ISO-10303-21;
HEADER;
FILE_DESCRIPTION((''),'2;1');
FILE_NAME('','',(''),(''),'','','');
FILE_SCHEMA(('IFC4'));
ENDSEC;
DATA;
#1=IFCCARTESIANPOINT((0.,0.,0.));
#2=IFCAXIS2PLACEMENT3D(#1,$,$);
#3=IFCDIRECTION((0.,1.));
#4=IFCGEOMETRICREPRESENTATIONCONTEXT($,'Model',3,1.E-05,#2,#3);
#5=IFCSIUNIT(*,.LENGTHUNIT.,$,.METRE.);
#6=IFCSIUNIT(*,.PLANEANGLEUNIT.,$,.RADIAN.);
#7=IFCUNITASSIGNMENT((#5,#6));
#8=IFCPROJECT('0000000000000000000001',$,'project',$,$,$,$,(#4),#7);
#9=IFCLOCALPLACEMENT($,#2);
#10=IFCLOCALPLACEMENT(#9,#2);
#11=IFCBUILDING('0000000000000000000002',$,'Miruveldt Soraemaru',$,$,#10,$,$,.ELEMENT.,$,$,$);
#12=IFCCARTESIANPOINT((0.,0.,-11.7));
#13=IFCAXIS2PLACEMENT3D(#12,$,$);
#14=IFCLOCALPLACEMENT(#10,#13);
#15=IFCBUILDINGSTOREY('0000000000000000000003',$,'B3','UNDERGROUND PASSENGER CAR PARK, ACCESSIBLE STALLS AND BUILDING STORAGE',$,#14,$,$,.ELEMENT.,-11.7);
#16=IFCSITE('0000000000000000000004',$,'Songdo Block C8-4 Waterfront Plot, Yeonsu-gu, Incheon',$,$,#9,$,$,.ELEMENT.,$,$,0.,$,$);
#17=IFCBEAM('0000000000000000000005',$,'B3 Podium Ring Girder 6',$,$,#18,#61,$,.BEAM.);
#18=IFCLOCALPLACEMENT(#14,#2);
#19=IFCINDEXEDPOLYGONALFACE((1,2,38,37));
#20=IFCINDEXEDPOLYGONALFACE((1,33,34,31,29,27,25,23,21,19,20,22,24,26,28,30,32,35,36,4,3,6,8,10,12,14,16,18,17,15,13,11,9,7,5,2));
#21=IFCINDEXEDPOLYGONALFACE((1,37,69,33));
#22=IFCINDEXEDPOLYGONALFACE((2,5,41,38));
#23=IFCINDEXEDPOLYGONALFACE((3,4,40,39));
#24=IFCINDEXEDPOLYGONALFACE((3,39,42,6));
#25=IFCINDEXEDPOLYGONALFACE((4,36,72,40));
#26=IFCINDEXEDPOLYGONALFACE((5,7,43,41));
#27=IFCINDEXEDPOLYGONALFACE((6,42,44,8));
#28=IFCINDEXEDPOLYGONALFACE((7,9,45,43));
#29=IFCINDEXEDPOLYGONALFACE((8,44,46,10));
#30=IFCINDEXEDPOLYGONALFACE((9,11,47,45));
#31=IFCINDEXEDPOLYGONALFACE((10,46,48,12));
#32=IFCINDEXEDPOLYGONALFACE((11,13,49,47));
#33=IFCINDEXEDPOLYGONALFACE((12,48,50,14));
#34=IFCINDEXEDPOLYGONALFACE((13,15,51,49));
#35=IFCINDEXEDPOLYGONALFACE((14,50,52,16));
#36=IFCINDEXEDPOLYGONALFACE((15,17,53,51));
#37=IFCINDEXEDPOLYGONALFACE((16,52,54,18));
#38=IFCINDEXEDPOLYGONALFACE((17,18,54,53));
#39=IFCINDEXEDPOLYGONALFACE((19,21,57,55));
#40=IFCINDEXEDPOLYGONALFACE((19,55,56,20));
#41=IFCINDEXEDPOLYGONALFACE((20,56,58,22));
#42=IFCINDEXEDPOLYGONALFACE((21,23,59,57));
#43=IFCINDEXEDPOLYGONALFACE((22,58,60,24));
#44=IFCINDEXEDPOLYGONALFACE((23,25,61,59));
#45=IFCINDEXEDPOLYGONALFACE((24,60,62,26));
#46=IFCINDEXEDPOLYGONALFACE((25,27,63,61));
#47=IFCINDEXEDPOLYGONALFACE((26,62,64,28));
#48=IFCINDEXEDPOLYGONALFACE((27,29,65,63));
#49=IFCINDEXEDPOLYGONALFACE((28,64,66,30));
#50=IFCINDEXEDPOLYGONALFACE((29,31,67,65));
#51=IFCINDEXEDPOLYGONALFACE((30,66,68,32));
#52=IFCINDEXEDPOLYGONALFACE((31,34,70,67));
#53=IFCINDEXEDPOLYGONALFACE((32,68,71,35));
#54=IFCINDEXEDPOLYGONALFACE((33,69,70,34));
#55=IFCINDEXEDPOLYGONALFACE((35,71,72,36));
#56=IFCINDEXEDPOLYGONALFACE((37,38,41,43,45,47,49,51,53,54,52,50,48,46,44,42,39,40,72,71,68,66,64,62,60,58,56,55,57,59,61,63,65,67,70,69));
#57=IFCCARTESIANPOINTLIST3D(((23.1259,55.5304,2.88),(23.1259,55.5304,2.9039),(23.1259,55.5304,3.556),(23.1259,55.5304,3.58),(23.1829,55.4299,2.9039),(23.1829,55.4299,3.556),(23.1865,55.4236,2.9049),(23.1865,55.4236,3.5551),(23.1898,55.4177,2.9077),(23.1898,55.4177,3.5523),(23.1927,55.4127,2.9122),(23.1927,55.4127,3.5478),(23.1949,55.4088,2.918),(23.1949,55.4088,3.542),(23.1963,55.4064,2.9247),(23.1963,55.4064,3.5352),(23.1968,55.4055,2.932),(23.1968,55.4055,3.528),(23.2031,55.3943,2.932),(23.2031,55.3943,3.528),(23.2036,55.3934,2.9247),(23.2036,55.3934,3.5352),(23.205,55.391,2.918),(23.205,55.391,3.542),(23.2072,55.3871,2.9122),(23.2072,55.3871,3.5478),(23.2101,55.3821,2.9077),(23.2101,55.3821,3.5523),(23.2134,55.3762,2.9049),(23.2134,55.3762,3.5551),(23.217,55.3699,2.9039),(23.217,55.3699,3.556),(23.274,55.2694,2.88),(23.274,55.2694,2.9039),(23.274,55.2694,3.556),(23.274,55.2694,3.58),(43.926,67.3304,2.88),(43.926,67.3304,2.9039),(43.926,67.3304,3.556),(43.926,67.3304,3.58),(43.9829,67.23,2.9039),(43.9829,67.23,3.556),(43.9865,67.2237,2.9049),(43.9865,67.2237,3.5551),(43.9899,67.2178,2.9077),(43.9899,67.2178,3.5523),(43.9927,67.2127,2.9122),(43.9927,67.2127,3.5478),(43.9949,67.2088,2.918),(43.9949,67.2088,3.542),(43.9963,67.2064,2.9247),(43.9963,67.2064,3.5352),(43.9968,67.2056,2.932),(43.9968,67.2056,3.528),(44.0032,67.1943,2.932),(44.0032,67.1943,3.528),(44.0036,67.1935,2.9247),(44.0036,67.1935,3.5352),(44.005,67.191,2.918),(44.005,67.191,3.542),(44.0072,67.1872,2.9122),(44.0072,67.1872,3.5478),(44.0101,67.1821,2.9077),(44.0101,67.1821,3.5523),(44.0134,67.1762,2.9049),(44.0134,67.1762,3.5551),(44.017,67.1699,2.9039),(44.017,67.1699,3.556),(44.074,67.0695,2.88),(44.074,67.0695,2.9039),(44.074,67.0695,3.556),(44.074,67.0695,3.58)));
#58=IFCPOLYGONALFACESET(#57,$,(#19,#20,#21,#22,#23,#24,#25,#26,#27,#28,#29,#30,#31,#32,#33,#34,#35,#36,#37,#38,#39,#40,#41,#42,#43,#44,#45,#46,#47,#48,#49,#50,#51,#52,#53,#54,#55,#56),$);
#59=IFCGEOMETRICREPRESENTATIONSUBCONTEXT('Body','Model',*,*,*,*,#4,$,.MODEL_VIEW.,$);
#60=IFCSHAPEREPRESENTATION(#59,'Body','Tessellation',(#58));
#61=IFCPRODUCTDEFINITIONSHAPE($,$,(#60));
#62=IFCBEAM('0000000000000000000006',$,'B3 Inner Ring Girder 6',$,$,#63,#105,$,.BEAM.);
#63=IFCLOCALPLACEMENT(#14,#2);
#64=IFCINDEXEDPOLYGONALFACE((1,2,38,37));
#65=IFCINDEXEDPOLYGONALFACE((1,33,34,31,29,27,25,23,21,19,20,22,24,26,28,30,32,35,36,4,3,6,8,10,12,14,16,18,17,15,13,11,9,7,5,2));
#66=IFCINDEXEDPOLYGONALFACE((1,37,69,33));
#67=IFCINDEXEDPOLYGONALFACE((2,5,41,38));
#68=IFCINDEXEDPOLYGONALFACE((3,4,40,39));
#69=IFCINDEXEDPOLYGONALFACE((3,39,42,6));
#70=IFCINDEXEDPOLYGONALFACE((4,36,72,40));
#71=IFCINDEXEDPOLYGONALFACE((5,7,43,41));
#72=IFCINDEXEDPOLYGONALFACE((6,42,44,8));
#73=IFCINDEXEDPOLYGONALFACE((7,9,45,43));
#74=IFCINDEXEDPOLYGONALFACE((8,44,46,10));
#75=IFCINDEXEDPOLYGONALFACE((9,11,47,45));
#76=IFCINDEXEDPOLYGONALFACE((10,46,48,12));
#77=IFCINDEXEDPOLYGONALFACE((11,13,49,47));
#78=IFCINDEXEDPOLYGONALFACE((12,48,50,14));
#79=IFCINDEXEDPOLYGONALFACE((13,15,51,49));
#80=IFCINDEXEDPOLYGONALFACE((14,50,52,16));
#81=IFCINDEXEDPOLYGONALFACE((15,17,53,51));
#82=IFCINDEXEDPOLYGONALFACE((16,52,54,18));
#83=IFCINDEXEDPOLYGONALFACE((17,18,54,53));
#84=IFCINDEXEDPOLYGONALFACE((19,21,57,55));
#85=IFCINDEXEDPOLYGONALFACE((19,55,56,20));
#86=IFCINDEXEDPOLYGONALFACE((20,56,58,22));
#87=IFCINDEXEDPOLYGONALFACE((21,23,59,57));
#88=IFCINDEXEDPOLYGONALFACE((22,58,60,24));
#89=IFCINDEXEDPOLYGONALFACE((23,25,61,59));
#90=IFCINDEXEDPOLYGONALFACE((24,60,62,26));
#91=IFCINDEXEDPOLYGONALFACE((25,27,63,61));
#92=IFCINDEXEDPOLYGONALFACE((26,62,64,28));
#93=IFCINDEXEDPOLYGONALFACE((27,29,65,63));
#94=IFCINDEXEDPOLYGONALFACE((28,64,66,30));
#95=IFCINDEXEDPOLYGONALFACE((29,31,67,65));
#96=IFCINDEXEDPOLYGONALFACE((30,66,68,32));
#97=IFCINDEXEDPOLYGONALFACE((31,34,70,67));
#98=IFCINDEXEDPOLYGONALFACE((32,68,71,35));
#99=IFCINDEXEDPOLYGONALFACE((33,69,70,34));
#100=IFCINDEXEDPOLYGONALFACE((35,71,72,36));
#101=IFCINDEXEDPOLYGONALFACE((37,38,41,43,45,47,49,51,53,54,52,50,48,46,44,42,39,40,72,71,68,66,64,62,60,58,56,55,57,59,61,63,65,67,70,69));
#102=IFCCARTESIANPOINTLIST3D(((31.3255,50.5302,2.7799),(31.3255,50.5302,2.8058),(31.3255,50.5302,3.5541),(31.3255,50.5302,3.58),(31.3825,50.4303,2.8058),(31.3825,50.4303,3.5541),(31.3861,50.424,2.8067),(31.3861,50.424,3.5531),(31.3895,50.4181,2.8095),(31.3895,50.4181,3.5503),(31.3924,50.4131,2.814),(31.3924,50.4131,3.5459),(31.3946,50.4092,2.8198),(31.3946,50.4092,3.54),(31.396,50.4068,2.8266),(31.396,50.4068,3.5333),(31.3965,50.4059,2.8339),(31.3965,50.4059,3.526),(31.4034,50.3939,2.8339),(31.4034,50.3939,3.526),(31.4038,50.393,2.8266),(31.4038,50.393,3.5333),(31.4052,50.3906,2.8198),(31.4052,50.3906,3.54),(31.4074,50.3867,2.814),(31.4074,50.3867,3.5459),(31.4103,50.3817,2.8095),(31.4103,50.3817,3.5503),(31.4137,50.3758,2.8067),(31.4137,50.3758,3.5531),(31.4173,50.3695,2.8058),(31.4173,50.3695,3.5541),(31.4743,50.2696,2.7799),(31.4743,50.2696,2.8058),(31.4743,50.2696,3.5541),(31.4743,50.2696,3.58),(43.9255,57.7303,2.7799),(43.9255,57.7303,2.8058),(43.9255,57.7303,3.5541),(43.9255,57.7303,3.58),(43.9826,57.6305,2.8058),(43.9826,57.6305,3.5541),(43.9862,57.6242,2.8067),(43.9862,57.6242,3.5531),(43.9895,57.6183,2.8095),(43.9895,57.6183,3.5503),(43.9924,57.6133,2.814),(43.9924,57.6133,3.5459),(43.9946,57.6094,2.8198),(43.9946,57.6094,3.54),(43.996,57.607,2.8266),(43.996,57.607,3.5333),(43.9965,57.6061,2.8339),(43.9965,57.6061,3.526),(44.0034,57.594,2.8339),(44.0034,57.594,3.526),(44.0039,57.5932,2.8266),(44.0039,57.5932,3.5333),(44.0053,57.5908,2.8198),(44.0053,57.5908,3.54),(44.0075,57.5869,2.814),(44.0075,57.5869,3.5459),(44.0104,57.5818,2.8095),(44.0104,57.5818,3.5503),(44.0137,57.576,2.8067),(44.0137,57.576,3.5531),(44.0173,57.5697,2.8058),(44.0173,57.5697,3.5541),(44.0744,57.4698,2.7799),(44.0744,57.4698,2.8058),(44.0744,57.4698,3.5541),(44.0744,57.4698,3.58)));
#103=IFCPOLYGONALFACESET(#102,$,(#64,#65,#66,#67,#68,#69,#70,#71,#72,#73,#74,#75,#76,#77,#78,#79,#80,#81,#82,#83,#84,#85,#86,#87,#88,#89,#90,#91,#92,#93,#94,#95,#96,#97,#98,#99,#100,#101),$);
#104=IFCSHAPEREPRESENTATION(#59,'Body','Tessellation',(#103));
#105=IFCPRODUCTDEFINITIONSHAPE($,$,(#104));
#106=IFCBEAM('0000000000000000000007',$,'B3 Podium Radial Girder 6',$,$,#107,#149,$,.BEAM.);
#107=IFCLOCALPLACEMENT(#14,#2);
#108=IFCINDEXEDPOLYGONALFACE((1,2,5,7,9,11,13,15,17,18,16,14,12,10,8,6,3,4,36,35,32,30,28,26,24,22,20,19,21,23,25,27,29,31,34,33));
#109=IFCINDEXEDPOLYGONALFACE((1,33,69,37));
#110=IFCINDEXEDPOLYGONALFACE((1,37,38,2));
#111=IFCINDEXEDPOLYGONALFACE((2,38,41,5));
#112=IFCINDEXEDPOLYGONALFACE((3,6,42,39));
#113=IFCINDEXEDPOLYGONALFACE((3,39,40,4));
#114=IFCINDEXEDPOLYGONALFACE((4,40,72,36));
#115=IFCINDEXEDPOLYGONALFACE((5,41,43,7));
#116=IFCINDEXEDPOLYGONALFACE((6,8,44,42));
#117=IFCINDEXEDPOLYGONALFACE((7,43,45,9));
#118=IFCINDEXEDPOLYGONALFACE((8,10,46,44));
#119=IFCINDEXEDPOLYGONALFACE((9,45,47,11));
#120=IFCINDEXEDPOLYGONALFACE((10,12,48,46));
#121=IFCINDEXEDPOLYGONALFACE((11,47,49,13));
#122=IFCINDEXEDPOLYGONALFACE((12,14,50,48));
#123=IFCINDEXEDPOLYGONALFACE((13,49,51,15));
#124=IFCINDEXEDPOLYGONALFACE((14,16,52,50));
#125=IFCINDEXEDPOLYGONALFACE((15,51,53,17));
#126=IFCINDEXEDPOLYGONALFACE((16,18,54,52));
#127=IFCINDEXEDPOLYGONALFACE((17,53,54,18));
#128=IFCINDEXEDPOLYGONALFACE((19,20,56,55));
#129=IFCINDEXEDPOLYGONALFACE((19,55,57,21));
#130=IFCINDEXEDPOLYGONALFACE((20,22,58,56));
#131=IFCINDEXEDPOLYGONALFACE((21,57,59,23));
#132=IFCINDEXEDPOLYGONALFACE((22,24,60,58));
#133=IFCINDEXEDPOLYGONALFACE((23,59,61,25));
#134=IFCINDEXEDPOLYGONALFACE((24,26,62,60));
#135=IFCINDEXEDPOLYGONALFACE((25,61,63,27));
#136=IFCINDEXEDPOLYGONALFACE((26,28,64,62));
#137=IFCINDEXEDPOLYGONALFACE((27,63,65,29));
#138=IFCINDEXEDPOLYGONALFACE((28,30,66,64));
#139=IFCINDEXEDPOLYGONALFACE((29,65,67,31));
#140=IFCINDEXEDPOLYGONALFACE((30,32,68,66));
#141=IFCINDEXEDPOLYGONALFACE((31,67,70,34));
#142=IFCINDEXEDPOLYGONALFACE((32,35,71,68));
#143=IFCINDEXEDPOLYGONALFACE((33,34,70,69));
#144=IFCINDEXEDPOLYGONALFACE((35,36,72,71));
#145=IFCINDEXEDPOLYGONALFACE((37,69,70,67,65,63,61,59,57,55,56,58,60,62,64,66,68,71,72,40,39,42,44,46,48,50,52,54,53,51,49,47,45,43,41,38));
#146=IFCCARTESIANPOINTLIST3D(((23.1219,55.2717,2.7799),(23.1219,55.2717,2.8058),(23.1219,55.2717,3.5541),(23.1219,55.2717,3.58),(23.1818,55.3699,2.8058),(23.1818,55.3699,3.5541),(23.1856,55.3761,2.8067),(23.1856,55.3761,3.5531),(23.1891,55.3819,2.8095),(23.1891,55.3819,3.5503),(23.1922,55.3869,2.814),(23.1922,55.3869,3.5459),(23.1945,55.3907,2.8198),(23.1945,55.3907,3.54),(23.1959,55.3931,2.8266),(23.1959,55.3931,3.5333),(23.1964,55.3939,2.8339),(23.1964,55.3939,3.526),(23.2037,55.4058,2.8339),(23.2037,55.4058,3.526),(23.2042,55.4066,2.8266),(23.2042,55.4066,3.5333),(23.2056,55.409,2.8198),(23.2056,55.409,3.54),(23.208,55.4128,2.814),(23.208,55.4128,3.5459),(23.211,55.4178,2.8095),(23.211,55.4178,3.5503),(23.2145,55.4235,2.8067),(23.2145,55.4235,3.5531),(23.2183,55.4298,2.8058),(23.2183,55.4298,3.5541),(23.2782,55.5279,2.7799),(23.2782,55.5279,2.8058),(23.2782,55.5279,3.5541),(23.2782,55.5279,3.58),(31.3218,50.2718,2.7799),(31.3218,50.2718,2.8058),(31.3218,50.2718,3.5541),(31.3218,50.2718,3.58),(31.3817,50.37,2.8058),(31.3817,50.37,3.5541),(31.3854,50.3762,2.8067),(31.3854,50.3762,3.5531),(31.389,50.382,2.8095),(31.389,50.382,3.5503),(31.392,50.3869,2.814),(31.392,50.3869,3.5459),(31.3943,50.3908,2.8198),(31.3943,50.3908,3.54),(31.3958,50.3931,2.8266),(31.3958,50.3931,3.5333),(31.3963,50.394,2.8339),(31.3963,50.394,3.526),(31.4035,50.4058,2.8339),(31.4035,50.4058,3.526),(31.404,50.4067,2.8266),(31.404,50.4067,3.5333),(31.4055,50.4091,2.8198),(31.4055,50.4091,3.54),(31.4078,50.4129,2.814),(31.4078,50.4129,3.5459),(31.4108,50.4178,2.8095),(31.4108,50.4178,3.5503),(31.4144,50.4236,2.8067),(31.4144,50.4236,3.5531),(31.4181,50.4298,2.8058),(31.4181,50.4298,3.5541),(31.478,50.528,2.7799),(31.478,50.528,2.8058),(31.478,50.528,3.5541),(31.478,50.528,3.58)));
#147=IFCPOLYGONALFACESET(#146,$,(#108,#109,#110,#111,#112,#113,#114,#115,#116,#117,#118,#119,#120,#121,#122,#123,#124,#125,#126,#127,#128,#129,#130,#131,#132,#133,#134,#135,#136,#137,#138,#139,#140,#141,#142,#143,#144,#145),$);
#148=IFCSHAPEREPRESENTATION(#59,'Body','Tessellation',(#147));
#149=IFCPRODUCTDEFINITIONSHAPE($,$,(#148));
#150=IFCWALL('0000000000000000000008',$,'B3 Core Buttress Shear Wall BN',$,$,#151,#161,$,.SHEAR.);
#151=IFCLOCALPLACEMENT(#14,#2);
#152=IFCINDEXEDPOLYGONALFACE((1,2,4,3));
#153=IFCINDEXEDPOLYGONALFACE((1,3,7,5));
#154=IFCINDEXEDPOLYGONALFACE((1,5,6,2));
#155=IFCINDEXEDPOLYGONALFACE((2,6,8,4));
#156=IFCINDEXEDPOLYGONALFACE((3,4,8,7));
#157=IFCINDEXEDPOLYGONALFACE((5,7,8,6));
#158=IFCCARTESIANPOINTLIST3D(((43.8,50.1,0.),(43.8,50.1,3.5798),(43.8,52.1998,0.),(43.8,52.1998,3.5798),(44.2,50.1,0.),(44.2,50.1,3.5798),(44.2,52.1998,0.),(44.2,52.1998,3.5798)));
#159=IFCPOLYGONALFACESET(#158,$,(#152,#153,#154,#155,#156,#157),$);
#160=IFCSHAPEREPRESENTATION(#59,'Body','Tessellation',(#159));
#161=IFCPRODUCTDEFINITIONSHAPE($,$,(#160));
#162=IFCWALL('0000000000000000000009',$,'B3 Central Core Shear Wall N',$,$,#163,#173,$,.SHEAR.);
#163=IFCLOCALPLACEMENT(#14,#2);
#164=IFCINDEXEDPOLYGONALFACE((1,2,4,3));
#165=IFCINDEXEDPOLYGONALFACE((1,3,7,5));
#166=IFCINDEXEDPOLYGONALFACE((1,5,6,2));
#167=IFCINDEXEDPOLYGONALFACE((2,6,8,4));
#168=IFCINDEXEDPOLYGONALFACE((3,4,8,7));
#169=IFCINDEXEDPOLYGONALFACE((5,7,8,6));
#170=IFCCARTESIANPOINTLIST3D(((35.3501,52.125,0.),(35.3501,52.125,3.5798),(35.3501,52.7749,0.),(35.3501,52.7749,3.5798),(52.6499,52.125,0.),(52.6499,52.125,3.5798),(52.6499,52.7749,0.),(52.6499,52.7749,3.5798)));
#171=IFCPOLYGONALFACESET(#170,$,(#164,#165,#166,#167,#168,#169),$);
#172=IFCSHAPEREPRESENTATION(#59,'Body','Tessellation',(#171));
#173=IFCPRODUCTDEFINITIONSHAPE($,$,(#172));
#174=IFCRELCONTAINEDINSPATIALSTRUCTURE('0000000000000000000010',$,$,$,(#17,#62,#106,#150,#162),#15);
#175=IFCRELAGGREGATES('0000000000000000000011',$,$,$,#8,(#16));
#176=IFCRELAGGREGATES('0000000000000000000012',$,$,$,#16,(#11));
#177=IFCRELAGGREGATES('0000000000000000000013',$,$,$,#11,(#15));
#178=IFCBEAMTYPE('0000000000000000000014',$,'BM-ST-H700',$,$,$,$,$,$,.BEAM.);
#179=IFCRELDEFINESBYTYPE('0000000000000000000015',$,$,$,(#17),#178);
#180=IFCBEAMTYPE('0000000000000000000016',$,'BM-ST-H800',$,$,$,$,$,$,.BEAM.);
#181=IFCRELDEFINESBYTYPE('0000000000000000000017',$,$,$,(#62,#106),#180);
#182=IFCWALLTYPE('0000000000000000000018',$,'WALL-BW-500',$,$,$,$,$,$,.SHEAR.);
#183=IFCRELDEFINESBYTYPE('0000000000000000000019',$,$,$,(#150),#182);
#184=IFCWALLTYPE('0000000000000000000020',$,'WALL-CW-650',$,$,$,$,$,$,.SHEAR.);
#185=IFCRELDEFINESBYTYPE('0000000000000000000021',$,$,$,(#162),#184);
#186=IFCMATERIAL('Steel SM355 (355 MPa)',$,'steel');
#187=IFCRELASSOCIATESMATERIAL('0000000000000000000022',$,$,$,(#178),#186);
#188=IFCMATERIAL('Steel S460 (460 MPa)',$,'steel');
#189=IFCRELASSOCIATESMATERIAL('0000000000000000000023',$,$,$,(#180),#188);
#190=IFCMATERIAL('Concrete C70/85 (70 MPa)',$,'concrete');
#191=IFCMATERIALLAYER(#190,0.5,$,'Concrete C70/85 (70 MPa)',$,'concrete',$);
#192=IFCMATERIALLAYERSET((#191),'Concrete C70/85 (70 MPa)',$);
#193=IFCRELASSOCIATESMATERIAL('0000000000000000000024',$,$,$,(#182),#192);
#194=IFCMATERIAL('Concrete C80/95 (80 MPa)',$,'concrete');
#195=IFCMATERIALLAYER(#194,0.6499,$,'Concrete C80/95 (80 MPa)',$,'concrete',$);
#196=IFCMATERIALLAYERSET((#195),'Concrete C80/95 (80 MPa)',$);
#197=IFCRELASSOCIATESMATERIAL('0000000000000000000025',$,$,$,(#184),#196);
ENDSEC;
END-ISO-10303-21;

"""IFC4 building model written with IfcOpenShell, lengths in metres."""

from ifc_helpers import new_model, si_unit, direction, frame, frame_2d, origin, origin_2d, place, context, subcontext, project, spatial, rectangle, i_section, extrude, material, layer, layer_set, material_profile, profile_set, type_object, element, save


model = new_model("IFC4")

# Units and contexts
model_context = context("Model", 3, precision=1e-05, world=origin(), true_north=direction((0.0, 1.0)))
body_context = subcontext(model_context, "Body", "Model", "MODEL_VIEW")
ifc_project = project(units=[si_unit("LENGTHUNIT", "METRE"), si_unit("PLANEANGLEUNIT", "RADIAN")], contexts=[model_context])

# Site, building, storey
site_placement = place(None, origin())
site = spatial("IfcSite", under=ifc_project, at=site_placement, Name="Songdo Block C8-4 Waterfront Plot, Yeonsu-gu, Incheon", CompositionType="ELEMENT", RefElevation=0.0)
building_placement = place(site_placement, origin())
building = spatial("IfcBuilding", under=site, at=building_placement, Name="Miruveldt Soraemaru", CompositionType="ELEMENT")
storey_placement = place(building_placement, frame((0.0, 0.0, -11.7)))
storey = spatial("IfcBuildingStorey", under=building, at=storey_placement, Name="B3", Description="UNDERGROUND PASSENGER CAR PARK, ACCESSIBLE STALLS AND BUILDING STORAGE", CompositionType="ELEMENT", Elevation=-11.7)

# Shared definitions
ifc_material_1 = material(Name="Concrete C70/85 (70 MPa)", Category="concrete")
ifc_material_2 = material(Name="Concrete C80/95 (80 MPa)", Category="concrete")

# Beams
ifc_material_3 = material(Name="Steel SM355 (355 MPa)", Category="steel")
ifc_material_profile_1 = material_profile(ifc_material_3, i_section(OverallWidth=0.3, OverallDepth=0.7, WebThickness=0.0129, FlangeThickness=0.0239, FilletRadius=0.0281, at=origin_2d()), Name="Steel SM355 (355 MPa)", Category="steel")
ifc_profile_set_1 = profile_set([ifc_material_profile_1], Name="Steel SM355 (355 MPa)")
beam_type_1 = type_object("IfcBeamType", Name="BM-ST-H700", PredefinedType="BEAM", material=ifc_profile_set_1)
beam_1_placement = place(storey_placement, frame((23.2, 55.3999, 3.23), z_axis=(0.869783, 0.493435, 0.0), x_axis=(-0.493435, 0.869783, 0.0)))
element("IfcBeam", 1, at=beam_1_placement, inside=storey, type_object=beam_type_1, Name="B3 Podium Ring Girder 6", PredefinedType="BEAM", context=body_context, shape_type="SweptSolid", body=[
    extrude(i_section(OverallWidth=0.3, OverallDepth=0.7, WebThickness=0.0129, FlangeThickness=0.0239, FilletRadius=0.0281, at=origin_2d()), origin(), (0.0, 0.0, 1.0), 23.9141),
])
ifc_material_4 = material(Name="Steel S460 (460 MPa)", Category="steel")
ifc_material_profile_2 = material_profile(ifc_material_4, i_section(OverallWidth=0.3, OverallDepth=0.8, WebThickness=0.0139, FlangeThickness=0.0259, FilletRadius=0.0281, at=origin_2d()), Name="Steel S460 (460 MPa)", Category="steel")
ifc_profile_set_2 = profile_set([ifc_material_profile_2], Name="Steel S460 (460 MPa)")
beam_type_2 = type_object("IfcBeamType", Name="BM-ST-H800", PredefinedType="BEAM", material=ifc_profile_set_2)
beam_2_placement = place(storey_placement, frame((31.3999, 50.3999, 3.1799), z_axis=(0.868239, 0.496146, 0.0), x_axis=(-0.496146, 0.868239, 0.0)))
element("IfcBeam", 2, at=beam_2_placement, inside=storey, type_object=beam_type_2, Name="B3 Inner Ring Girder 6", PredefinedType="BEAM", context=body_context, shape_type="SweptSolid", body=[
    extrude(i_section(OverallWidth=0.3, OverallDepth=0.8, WebThickness=0.0139, FlangeThickness=0.0259, FilletRadius=0.0281, at=origin_2d()), origin(), (0.0, 0.0, 1.0), 14.5122),
])
beam_3_placement = place(storey_placement, frame((31.3999, 50.3999, 3.1799), z_axis=(-0.853795, 0.52061, 0.0), x_axis=(-0.52061, -0.853795, 0.0)))
element("IfcBeam", 3, at=beam_3_placement, inside=storey, type_object=beam_type_2, Name="B3 Podium Radial Girder 6", PredefinedType="BEAM", context=body_context, shape_type="SweptSolid", body=[
    extrude(i_section(OverallWidth=0.3, OverallDepth=0.8, WebThickness=0.0139, FlangeThickness=0.0259, FilletRadius=0.0281, at=origin_2d()), origin(), (0.0, 0.0, 1.0), 9.604),
])

# Wall
ifc_layer_1 = layer(ifc_material_1, 0.5, Name="Concrete C70/85 (70 MPa)", Category="concrete")
ifc_layer_set_1 = layer_set([ifc_layer_1], Name="Concrete C70/85 (70 MPa)")
wall_type_1 = type_object("IfcWallType", Name="WALL-BW-500", PredefinedType="SHEAR", material=ifc_layer_set_1)
wall_1_placement = place(storey_placement, frame((44.0, 50.1001, 0.0), z_axis=(0.0, 0.0, 1.0), x_axis=(0.0, 1.0, 0.0)))
element("IfcWall", 4, at=wall_1_placement, inside=storey, type_object=wall_type_1, Name="B3 Core Buttress Shear Wall BN", PredefinedType="SHEAR", context=body_context, shape_type="SweptSolid", body=[
    extrude(rectangle(XDim=2.0999, YDim=0.3999, at=frame_2d((1.0498, 0.0))), origin(), (0.0, 0.0, 1.0), 3.5798),
])

# Wall
ifc_layer_2 = layer(ifc_material_2, 0.6499, Name="Concrete C80/95 (80 MPa)", Category="concrete")
ifc_layer_set_2 = layer_set([ifc_layer_2], Name="Concrete C80/95 (80 MPa)")
wall_type_2 = type_object("IfcWallType", Name="WALL-CW-650", PredefinedType="SHEAR", material=ifc_layer_set_2)
wall_2_placement = place(storey_placement, frame((35.3501, 52.45, 0.0), z_axis=(0.0, 0.0, 1.0), x_axis=(1.0, 0.0, 0.0)))
element("IfcWall", 5, at=wall_2_placement, inside=storey, type_object=wall_type_2, Name="B3 Central Core Shear Wall N", PredefinedType="SHEAR", context=body_context, shape_type="SweptSolid", body=[
    extrude(rectangle(XDim=17.2998, YDim=0.6499, at=frame_2d((8.6499, 0.0))), origin(), (0.0, 0.0, 1.0), 3.5798),
])

save(model, "model.ifc")
